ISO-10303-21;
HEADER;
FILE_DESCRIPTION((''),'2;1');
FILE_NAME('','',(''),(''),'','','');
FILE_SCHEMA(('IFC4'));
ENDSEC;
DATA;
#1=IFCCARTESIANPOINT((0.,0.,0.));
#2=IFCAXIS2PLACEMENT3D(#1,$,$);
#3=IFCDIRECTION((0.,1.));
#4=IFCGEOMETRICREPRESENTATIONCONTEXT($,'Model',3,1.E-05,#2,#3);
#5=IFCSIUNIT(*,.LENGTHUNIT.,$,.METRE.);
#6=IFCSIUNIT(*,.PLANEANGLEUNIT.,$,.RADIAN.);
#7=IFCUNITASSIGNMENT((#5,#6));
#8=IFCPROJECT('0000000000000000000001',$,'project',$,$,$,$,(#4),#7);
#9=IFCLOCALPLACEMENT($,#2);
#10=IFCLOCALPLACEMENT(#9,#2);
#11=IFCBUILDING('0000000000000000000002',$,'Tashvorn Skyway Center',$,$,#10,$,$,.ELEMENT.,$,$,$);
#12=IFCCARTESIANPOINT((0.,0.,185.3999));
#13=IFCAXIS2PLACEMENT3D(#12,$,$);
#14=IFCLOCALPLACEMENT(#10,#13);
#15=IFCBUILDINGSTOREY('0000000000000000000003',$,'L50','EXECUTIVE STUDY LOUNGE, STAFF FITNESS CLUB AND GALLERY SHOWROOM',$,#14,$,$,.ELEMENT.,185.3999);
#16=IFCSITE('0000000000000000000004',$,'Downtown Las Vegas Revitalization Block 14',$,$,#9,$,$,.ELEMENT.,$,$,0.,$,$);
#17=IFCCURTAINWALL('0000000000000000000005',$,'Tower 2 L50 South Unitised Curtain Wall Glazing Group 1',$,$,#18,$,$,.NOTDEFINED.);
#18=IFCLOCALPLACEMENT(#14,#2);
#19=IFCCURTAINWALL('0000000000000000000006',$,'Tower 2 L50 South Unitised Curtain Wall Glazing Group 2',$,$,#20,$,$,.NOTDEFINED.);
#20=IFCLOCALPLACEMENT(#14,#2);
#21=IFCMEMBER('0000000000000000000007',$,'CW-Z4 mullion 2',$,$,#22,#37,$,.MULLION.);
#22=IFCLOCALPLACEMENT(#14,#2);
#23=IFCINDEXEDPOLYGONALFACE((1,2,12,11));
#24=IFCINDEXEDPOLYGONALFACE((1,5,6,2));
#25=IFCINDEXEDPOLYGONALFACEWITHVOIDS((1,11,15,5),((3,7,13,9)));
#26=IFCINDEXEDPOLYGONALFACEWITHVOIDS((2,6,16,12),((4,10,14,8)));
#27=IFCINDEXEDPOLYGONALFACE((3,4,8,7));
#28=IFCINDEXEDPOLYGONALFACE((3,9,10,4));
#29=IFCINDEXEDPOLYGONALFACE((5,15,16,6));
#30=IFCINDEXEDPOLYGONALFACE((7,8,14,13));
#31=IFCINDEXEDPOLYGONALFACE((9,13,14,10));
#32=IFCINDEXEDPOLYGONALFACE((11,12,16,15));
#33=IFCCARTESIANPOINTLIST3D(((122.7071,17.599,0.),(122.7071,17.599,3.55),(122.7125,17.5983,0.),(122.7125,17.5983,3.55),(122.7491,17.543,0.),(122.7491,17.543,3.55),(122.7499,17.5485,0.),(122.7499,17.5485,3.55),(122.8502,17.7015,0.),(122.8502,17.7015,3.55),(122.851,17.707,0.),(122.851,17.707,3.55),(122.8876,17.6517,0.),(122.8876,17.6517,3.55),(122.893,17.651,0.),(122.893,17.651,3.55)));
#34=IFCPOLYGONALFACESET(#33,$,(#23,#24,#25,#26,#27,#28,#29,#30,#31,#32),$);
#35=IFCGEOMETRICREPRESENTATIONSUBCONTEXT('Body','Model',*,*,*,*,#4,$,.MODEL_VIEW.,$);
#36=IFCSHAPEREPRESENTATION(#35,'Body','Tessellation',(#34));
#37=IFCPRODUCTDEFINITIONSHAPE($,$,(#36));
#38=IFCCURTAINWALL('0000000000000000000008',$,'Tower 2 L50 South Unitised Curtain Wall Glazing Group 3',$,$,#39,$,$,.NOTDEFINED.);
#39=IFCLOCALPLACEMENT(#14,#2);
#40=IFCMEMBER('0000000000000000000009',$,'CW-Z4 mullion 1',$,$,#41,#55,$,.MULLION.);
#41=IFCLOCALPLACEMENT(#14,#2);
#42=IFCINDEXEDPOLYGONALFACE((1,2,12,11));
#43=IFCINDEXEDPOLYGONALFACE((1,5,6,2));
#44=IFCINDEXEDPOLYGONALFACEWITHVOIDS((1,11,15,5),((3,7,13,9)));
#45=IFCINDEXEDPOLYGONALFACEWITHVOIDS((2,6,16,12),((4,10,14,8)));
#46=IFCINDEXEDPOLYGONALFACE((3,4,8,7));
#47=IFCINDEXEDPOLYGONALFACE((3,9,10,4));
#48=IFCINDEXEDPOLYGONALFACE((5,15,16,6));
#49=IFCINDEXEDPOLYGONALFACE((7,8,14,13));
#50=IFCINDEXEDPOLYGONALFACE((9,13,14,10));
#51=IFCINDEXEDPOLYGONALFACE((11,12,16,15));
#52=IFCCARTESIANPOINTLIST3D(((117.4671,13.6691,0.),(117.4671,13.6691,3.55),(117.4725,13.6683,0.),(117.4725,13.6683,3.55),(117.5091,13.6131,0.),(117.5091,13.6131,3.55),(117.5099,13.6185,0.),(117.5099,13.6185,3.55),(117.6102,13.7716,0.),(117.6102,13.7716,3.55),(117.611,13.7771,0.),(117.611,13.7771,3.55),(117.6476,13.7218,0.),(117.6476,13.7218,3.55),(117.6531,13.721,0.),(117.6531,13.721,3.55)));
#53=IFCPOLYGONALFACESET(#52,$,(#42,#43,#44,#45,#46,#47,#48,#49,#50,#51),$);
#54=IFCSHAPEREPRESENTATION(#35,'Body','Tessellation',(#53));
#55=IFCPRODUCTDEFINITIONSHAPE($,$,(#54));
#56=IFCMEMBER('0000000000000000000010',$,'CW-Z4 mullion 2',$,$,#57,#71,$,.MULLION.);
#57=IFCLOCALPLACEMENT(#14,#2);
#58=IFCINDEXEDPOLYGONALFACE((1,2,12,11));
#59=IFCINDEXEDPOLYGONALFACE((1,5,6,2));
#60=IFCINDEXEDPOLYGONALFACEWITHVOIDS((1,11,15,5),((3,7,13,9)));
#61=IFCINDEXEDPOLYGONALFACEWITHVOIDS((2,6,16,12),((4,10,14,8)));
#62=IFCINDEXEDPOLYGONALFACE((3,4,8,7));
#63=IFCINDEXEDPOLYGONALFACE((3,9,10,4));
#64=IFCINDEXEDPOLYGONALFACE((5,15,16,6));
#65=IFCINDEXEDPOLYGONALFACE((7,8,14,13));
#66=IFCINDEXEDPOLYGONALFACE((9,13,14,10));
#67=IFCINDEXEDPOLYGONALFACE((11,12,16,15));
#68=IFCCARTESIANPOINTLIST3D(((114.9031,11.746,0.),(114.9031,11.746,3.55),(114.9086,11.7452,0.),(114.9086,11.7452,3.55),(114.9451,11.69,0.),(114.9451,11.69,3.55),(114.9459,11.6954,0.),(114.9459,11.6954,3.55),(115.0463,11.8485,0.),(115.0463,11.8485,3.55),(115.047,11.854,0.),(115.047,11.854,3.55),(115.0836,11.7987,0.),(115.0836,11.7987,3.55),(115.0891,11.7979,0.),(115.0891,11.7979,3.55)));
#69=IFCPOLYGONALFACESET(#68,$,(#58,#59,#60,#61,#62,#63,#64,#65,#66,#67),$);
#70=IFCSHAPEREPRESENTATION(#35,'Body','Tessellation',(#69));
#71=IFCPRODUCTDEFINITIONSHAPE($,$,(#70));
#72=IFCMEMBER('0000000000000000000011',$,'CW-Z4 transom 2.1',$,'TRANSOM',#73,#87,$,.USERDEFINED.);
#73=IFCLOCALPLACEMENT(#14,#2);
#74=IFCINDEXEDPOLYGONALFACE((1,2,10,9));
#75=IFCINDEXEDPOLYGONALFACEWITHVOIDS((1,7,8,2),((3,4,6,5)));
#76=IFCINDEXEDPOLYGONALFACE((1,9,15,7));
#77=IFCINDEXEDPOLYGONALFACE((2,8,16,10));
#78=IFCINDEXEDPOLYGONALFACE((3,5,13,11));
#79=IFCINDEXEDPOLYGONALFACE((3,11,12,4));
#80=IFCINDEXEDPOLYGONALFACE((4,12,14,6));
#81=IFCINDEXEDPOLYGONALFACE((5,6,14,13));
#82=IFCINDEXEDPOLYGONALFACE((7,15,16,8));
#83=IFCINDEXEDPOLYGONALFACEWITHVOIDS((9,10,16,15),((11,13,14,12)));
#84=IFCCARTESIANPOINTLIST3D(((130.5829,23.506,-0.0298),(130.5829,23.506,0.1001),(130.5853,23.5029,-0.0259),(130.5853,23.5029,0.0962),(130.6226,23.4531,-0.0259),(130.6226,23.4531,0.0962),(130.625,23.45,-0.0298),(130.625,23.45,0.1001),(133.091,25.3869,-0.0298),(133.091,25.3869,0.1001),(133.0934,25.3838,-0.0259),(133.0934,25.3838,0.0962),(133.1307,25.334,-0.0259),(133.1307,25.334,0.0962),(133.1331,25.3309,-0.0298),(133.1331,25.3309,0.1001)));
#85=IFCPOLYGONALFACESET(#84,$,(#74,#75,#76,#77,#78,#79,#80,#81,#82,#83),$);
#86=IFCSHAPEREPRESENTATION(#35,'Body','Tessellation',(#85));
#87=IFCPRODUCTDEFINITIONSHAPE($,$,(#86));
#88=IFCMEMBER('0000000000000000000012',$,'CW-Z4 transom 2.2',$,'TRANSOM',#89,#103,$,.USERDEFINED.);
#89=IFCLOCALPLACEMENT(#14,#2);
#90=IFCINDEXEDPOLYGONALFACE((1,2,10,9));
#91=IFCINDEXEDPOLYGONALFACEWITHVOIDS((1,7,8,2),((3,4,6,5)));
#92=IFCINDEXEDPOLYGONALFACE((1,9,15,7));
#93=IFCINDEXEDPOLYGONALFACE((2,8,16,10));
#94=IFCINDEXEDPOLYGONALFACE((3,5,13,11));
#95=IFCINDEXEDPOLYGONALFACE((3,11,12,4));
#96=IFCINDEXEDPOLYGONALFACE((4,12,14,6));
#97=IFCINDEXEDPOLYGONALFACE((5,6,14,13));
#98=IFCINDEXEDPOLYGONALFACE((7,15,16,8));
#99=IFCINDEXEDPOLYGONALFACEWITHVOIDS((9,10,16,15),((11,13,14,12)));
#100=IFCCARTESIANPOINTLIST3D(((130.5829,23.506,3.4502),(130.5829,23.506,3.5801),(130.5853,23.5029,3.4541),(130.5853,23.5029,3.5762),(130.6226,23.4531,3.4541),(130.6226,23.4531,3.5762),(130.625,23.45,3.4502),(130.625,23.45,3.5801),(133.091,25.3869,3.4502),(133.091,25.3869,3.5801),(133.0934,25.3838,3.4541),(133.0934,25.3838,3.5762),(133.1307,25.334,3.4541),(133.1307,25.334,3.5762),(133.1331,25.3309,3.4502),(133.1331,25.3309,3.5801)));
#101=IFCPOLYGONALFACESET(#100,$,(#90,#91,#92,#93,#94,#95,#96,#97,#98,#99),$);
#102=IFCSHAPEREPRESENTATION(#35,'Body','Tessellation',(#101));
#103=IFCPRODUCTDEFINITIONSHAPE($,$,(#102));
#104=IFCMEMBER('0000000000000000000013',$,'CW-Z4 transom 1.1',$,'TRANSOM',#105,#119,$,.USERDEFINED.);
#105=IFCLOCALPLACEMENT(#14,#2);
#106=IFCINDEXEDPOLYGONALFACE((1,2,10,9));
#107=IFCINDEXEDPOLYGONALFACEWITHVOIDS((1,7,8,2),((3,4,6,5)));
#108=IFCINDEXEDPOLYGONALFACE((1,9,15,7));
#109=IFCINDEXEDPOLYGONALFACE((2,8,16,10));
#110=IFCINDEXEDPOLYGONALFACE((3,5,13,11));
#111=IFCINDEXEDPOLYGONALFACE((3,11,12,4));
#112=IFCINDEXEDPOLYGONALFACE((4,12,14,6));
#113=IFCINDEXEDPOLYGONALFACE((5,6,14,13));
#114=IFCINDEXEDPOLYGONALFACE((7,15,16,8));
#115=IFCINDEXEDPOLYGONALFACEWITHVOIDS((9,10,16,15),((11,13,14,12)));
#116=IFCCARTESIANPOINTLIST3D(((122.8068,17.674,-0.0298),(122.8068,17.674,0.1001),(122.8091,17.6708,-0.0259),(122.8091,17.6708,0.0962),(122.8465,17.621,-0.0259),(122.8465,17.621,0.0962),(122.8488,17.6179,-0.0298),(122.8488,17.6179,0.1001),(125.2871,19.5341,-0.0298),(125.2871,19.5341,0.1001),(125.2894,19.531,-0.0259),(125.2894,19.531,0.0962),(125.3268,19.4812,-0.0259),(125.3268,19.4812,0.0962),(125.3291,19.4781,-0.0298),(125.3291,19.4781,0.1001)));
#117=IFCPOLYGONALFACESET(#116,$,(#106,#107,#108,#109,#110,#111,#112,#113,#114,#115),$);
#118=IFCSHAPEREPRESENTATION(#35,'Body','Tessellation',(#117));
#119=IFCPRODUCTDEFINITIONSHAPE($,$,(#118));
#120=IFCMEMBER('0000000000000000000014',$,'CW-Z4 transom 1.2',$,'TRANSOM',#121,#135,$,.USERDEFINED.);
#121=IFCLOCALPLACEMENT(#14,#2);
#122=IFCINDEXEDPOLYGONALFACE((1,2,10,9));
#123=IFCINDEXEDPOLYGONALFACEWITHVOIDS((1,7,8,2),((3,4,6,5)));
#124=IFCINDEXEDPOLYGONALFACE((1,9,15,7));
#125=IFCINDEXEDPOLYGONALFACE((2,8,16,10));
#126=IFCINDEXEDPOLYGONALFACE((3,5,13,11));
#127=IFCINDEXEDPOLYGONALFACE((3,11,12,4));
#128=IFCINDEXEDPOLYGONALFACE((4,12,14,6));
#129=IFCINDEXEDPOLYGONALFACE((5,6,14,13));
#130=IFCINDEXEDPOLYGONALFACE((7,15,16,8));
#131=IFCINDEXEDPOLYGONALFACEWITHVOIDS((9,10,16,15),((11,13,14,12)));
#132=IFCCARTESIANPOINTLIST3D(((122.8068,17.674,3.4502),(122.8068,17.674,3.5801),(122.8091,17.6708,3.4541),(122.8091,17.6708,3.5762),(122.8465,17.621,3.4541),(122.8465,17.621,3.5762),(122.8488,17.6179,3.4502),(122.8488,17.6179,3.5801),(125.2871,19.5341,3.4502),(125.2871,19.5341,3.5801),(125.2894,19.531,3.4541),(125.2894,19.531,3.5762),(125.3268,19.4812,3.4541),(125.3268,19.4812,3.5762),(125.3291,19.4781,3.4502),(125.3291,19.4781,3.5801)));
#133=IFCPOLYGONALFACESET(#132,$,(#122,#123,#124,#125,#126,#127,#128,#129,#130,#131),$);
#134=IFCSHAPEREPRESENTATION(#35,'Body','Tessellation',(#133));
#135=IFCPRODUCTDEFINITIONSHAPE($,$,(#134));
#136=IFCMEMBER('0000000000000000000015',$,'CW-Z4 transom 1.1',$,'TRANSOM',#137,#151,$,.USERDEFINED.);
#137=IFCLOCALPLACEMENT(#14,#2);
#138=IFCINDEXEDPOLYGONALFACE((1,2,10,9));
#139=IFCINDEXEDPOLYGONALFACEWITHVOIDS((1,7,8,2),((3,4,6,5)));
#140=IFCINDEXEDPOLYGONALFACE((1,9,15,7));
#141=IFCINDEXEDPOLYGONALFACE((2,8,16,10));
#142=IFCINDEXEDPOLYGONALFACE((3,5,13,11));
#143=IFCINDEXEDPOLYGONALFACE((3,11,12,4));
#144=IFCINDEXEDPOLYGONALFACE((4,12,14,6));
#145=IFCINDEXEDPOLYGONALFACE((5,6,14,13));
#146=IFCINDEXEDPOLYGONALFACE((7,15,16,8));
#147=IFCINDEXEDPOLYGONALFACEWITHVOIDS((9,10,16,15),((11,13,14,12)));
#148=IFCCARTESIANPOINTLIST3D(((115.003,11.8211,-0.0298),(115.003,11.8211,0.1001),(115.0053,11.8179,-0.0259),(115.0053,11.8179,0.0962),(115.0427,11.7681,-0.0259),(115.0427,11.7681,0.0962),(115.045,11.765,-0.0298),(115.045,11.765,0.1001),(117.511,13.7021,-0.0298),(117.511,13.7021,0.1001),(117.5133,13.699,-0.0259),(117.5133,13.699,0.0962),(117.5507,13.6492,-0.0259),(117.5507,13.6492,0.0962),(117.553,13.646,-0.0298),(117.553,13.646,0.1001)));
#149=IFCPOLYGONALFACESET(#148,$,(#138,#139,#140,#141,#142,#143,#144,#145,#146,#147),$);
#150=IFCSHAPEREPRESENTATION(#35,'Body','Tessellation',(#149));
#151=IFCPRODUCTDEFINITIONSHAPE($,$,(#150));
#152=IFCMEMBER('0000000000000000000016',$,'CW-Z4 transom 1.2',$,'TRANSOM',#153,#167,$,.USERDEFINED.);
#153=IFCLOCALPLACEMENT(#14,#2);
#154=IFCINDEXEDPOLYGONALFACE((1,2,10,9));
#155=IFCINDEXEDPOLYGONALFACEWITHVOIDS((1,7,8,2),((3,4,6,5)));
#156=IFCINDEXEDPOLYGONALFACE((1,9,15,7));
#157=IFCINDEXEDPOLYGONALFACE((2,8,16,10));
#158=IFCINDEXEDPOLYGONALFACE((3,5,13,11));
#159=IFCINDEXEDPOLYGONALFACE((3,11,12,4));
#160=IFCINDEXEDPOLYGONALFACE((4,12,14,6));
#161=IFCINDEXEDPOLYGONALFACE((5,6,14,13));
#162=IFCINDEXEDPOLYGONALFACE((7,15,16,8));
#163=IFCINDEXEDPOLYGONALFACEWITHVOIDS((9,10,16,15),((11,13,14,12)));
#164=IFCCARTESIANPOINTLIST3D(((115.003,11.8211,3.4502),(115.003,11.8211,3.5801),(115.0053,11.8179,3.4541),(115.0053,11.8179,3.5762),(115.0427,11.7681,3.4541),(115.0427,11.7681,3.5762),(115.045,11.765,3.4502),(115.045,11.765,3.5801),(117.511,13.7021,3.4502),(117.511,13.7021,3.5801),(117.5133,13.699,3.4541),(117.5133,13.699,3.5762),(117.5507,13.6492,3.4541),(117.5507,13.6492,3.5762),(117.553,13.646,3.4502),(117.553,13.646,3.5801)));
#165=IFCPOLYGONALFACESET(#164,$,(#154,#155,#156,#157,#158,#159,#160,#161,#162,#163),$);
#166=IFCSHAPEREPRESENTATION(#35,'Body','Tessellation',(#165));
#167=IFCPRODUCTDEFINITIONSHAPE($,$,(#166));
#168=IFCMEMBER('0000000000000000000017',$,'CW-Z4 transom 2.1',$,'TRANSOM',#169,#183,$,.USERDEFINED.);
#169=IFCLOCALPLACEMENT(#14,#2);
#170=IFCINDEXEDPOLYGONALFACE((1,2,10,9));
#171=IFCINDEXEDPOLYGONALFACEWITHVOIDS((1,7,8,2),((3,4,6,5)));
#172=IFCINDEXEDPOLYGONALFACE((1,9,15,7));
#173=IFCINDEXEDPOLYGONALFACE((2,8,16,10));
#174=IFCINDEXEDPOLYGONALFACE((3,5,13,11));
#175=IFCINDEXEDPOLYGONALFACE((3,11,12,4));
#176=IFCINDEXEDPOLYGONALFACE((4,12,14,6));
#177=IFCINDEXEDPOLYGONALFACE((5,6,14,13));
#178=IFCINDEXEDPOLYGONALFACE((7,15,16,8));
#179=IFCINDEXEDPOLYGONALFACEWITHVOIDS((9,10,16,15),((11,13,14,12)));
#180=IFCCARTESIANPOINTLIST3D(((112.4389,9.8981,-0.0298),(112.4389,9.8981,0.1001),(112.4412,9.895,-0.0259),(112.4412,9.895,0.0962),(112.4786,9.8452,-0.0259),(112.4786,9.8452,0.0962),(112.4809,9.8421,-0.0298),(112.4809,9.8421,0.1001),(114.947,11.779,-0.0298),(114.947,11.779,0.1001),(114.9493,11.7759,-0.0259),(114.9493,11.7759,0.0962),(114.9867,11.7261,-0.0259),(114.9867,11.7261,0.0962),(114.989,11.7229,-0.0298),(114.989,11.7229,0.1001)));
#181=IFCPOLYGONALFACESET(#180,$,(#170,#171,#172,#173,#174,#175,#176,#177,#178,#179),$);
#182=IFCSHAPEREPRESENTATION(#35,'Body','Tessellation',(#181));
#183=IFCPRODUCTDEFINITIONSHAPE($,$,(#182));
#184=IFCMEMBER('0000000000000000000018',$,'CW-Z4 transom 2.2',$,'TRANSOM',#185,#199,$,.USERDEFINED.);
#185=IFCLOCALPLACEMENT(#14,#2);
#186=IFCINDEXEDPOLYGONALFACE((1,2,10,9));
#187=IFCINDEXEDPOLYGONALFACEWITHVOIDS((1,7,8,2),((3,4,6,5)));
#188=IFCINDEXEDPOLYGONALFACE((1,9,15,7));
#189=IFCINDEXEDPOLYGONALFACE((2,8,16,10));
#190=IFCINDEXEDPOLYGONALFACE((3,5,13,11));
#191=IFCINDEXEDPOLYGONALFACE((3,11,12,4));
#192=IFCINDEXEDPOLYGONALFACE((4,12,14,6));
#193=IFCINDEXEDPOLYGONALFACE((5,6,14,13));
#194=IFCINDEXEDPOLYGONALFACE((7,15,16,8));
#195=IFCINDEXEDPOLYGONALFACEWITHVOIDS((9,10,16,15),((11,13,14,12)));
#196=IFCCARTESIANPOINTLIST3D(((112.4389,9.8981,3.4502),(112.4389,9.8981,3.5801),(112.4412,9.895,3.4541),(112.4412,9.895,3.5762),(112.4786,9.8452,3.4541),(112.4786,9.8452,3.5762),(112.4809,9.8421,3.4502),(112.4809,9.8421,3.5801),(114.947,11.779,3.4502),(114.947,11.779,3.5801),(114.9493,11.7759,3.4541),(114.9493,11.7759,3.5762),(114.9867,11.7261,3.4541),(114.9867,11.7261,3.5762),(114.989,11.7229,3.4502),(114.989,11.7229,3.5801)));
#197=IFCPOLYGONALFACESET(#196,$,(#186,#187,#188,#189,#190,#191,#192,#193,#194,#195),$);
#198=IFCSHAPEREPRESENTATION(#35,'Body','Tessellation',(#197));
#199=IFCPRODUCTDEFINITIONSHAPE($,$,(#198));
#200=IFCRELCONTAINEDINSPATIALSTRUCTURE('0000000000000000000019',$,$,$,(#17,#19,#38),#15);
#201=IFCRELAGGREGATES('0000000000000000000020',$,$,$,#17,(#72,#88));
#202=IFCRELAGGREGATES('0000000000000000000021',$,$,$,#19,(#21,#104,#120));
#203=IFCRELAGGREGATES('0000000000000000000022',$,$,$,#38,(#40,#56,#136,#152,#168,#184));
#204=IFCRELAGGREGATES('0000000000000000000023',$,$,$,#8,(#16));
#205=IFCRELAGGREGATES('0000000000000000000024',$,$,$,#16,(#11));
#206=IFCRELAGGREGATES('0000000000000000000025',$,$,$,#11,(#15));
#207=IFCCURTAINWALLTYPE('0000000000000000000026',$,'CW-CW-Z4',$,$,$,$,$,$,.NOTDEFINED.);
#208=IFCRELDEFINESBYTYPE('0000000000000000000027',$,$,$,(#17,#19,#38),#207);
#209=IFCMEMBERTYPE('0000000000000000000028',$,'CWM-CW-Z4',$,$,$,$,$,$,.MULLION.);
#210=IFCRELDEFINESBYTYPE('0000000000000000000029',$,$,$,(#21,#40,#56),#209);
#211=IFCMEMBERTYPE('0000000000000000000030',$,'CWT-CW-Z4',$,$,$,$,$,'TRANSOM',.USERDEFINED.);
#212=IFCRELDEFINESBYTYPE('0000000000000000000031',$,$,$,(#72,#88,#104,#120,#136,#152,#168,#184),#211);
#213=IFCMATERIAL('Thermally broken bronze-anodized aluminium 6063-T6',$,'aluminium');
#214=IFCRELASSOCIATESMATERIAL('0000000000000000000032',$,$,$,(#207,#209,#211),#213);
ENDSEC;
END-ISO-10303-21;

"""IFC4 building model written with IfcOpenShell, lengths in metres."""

from ifc_helpers import new_model, si_unit, direction, frame, origin, origin_2d, place, context, subcontext, project, spatial, hollow_rectangle, extrude, material, material_profile, profile_set, type_object, element, aggregate, save


model = new_model("IFC4")

# Units and contexts
model_context = context("Model", 3, precision=1e-05, world=origin(), true_north=direction((0.0, 1.0)))
body_context = subcontext(model_context, "Body", "Model", "MODEL_VIEW")
ifc_project = project(units=[si_unit("LENGTHUNIT", "METRE"), si_unit("PLANEANGLEUNIT", "RADIAN")], contexts=[model_context])

# Site, building, storey
site_placement = place(None, origin())
site = spatial("IfcSite", under=ifc_project, at=site_placement, Name="Downtown Las Vegas Revitalization Block 14", CompositionType="ELEMENT", RefElevation=0.0)
building_placement = place(site_placement, origin())
building = spatial("IfcBuilding", under=site, at=building_placement, Name="Tashvorn Skyway Center", CompositionType="ELEMENT")
storey_placement = place(building_placement, frame((0.0, 0.0, 185.3999)))
storey = spatial("IfcBuildingStorey", under=building, at=storey_placement, Name="L50", Description="EXECUTIVE STUDY LOUNGE, STAFF FITNESS CLUB AND GALLERY SHOWROOM", CompositionType="ELEMENT", Elevation=185.3999)

# Curtain walls, members
ifc_material_1 = material(Name="Thermally broken bronze-anodized aluminium 6063-T6", Category="aluminium")
curtain_wall_type = type_object("IfcCurtainWallType", Name="CW-CW-Z4", PredefinedType="NOTDEFINED", material=ifc_material_1)
curtain_wall_1_placement = place(storey_placement, origin())
curtain_wall_1 = element("IfcCurtainWall", 1, at=curtain_wall_1_placement, inside=storey, type_object=curtain_wall_type, Name="Tower 2 L50 South Unitised Curtain Wall Glazing Group 1", PredefinedType="NOTDEFINED")
ifc_material_profile_1 = material_profile(ifc_material_1, hollow_rectangle(XDim=0.0701, YDim=0.1799, WallThickness=0.0039, at=origin_2d()), Name="ALU-MULL-70x180")
ifc_profile_set_1 = profile_set([ifc_material_profile_1], Name="Thermally broken bronze-anodized aluminium 6063-T6")
member_type_1 = type_object("IfcMemberType", Name="CWM-CW-Z4", PredefinedType="MULLION", material=ifc_profile_set_1)
curtain_wall_2_placement = place(storey_placement, origin())
curtain_wall_2 = element("IfcCurtainWall", 2, at=curtain_wall_2_placement, inside=storey, type_object=curtain_wall_type, Name="Tower 2 L50 South Unitised Curtain Wall Glazing Group 2", PredefinedType="NOTDEFINED")
member_1_placement = place(storey_placement, frame((122.8, 17.625, 0.0), z_axis=(0.0, 0.0, 1.0), x_axis=(0.6, -0.8, 0.0)))
member_1 = element("IfcMember", 3, at=member_1_placement, type_object=member_type_1, Name="CW-Z4 mullion 2", PredefinedType="MULLION", context=body_context, shape_type="SweptSolid", body=[
    extrude(hollow_rectangle(XDim=0.0701, YDim=0.1799, WallThickness=0.0039, at=origin_2d()), origin(), (0.0, 0.0, 1.0), 3.55),
])
curtain_wall_3_placement = place(storey_placement, origin())
curtain_wall_3 = element("IfcCurtainWall", 4, at=curtain_wall_3_placement, inside=storey, type_object=curtain_wall_type, Name="Tower 2 L50 South Unitised Curtain Wall Glazing Group 3", PredefinedType="NOTDEFINED")
member_2_placement = place(storey_placement, frame((117.5601, 13.6951, 0.0), z_axis=(0.0, 0.0, 1.0), x_axis=(0.6, -0.8, 0.0)))
member_2 = element("IfcMember", 5, at=member_2_placement, type_object=member_type_1, Name="CW-Z4 mullion 1", PredefinedType="MULLION", context=body_context, shape_type="SweptSolid", body=[
    extrude(hollow_rectangle(XDim=0.0701, YDim=0.1799, WallThickness=0.0039, at=origin_2d()), origin(), (0.0, 0.0, 1.0), 3.55),
])
member_3_placement = place(storey_placement, frame((114.9961, 11.772, 0.0), z_axis=(0.0, 0.0, 1.0), x_axis=(0.6, -0.8, 0.0)))
member_3 = element("IfcMember", 6, at=member_3_placement, type_object=member_type_1, Name="CW-Z4 mullion 2", PredefinedType="MULLION", context=body_context, shape_type="SweptSolid", body=[
    extrude(hollow_rectangle(XDim=0.0701, YDim=0.1799, WallThickness=0.0039, at=origin_2d()), origin(), (0.0, 0.0, 1.0), 3.55),
])

# Members
ifc_material_profile_2 = material_profile(ifc_material_1, hollow_rectangle(XDim=0.0701, YDim=0.1299, WallThickness=0.0039, at=origin_2d()), Name="ALU-TRAN-70x130")
ifc_profile_set_2 = profile_set([ifc_material_profile_2], Name="Thermally broken bronze-anodized aluminium 6063-T6")
member_type_2 = type_object("IfcMemberType", Name="CWT-CW-Z4", ElementType="TRANSOM", PredefinedType="USERDEFINED", material=ifc_profile_set_2)
member_4_placement = place(storey_placement, frame((133.1121, 25.3589, 0.0352), z_axis=(-0.800028, -0.599963, 0.0), x_axis=(0.599963, -0.800028, 0.0)))
member_4 = element("IfcMember", 7, at=member_4_placement, type_object=member_type_2, Name="CW-Z4 transom 2.1", ObjectType="TRANSOM", PredefinedType="USERDEFINED", context=body_context, shape_type="SweptSolid", body=[
    extrude(hollow_rectangle(XDim=0.0701, YDim=0.1299, WallThickness=0.0039, at=origin_2d()), origin(), (0.0, 0.0, 1.0), 3.135),
])
member_5_placement = place(storey_placement, frame((133.1121, 25.3589, 3.5151), z_axis=(-0.800028, -0.599963, 0.0), x_axis=(0.599963, -0.800028, 0.0)))
member_5 = element("IfcMember", 8, at=member_5_placement, type_object=member_type_2, Name="CW-Z4 transom 2.2", ObjectType="TRANSOM", PredefinedType="USERDEFINED", context=body_context, shape_type="SweptSolid", body=[
    extrude(hollow_rectangle(XDim=0.0701, YDim=0.1299, WallThickness=0.0039, at=origin_2d()), origin(), (0.0, 0.0, 1.0), 3.135),
])
member_6_placement = place(storey_placement, frame((125.3081, 19.5061, 0.0352), z_axis=(-0.800009, -0.599987, 0.0), x_axis=(0.599987, -0.800009, 0.0)))
member_6 = element("IfcMember", 9, at=member_6_placement, type_object=member_type_2, Name="CW-Z4 transom 1.1", ObjectType="TRANSOM", PredefinedType="USERDEFINED", context=body_context, shape_type="SweptSolid", body=[
    extrude(hollow_rectangle(XDim=0.0701, YDim=0.1299, WallThickness=0.0039, at=origin_2d()), origin(), (0.0, 0.0, 1.0), 3.1003),
])
member_7_placement = place(storey_placement, frame((125.3081, 19.5061, 3.5151), z_axis=(-0.800009, -0.599987, 0.0), x_axis=(0.599987, -0.800009, 0.0)))
member_7 = element("IfcMember", 10, at=member_7_placement, type_object=member_type_2, Name="CW-Z4 transom 1.2", ObjectType="TRANSOM", PredefinedType="USERDEFINED", context=body_context, shape_type="SweptSolid", body=[
    extrude(hollow_rectangle(XDim=0.0701, YDim=0.1299, WallThickness=0.0039, at=origin_2d()), origin(), (0.0, 0.0, 1.0), 3.1003),
])
member_8_placement = place(storey_placement, frame((117.532, 13.6741, 0.0352), z_axis=(-0.799991, -0.600012, 0.0), x_axis=(0.600012, -0.799991, 0.0)))
member_8 = element("IfcMember", 11, at=member_8_placement, type_object=member_type_2, Name="CW-Z4 transom 1.1", ObjectType="TRANSOM", PredefinedType="USERDEFINED", context=body_context, shape_type="SweptSolid", body=[
    extrude(hollow_rectangle(XDim=0.0701, YDim=0.1299, WallThickness=0.0039, at=origin_2d()), origin(), (0.0, 0.0, 1.0), 3.135),
])
member_9_placement = place(storey_placement, frame((117.532, 13.6741, 3.5151), z_axis=(-0.799991, -0.600012, 0.0), x_axis=(0.600012, -0.799991, 0.0)))
member_9 = element("IfcMember", 12, at=member_9_placement, type_object=member_type_2, Name="CW-Z4 transom 1.2", ObjectType="TRANSOM", PredefinedType="USERDEFINED", context=body_context, shape_type="SweptSolid", body=[
    extrude(hollow_rectangle(XDim=0.0701, YDim=0.1299, WallThickness=0.0039, at=origin_2d()), origin(), (0.0, 0.0, 1.0), 3.135),
])
member_10_placement = place(storey_placement, frame((114.968, 11.751, 0.0352), z_axis=(-0.800028, -0.599963, 0.0), x_axis=(0.599963, -0.800028, 0.0)))
member_10 = element("IfcMember", 13, at=member_10_placement, type_object=member_type_2, Name="CW-Z4 transom 2.1", ObjectType="TRANSOM", PredefinedType="USERDEFINED", context=body_context, shape_type="SweptSolid", body=[
    extrude(hollow_rectangle(XDim=0.0701, YDim=0.1299, WallThickness=0.0039, at=origin_2d()), origin(), (0.0, 0.0, 1.0), 3.135),
])
member_11_placement = place(storey_placement, frame((114.968, 11.751, 3.5151), z_axis=(-0.800028, -0.599963, 0.0), x_axis=(0.599963, -0.800028, 0.0)))
member_11 = element("IfcMember", 14, at=member_11_placement, type_object=member_type_2, Name="CW-Z4 transom 2.2", ObjectType="TRANSOM", PredefinedType="USERDEFINED", context=body_context, shape_type="SweptSolid", body=[
    extrude(hollow_rectangle(XDim=0.0701, YDim=0.1299, WallThickness=0.0039, at=origin_2d()), origin(), (0.0, 0.0, 1.0), 3.135),
])

aggregate(curtain_wall_1, [member_4, member_5])
aggregate(curtain_wall_2, [member_1, member_6, member_7])
aggregate(curtain_wall_3, [member_2, member_3, member_8, member_9, member_10, member_11])

save(model, "model.ifc")
